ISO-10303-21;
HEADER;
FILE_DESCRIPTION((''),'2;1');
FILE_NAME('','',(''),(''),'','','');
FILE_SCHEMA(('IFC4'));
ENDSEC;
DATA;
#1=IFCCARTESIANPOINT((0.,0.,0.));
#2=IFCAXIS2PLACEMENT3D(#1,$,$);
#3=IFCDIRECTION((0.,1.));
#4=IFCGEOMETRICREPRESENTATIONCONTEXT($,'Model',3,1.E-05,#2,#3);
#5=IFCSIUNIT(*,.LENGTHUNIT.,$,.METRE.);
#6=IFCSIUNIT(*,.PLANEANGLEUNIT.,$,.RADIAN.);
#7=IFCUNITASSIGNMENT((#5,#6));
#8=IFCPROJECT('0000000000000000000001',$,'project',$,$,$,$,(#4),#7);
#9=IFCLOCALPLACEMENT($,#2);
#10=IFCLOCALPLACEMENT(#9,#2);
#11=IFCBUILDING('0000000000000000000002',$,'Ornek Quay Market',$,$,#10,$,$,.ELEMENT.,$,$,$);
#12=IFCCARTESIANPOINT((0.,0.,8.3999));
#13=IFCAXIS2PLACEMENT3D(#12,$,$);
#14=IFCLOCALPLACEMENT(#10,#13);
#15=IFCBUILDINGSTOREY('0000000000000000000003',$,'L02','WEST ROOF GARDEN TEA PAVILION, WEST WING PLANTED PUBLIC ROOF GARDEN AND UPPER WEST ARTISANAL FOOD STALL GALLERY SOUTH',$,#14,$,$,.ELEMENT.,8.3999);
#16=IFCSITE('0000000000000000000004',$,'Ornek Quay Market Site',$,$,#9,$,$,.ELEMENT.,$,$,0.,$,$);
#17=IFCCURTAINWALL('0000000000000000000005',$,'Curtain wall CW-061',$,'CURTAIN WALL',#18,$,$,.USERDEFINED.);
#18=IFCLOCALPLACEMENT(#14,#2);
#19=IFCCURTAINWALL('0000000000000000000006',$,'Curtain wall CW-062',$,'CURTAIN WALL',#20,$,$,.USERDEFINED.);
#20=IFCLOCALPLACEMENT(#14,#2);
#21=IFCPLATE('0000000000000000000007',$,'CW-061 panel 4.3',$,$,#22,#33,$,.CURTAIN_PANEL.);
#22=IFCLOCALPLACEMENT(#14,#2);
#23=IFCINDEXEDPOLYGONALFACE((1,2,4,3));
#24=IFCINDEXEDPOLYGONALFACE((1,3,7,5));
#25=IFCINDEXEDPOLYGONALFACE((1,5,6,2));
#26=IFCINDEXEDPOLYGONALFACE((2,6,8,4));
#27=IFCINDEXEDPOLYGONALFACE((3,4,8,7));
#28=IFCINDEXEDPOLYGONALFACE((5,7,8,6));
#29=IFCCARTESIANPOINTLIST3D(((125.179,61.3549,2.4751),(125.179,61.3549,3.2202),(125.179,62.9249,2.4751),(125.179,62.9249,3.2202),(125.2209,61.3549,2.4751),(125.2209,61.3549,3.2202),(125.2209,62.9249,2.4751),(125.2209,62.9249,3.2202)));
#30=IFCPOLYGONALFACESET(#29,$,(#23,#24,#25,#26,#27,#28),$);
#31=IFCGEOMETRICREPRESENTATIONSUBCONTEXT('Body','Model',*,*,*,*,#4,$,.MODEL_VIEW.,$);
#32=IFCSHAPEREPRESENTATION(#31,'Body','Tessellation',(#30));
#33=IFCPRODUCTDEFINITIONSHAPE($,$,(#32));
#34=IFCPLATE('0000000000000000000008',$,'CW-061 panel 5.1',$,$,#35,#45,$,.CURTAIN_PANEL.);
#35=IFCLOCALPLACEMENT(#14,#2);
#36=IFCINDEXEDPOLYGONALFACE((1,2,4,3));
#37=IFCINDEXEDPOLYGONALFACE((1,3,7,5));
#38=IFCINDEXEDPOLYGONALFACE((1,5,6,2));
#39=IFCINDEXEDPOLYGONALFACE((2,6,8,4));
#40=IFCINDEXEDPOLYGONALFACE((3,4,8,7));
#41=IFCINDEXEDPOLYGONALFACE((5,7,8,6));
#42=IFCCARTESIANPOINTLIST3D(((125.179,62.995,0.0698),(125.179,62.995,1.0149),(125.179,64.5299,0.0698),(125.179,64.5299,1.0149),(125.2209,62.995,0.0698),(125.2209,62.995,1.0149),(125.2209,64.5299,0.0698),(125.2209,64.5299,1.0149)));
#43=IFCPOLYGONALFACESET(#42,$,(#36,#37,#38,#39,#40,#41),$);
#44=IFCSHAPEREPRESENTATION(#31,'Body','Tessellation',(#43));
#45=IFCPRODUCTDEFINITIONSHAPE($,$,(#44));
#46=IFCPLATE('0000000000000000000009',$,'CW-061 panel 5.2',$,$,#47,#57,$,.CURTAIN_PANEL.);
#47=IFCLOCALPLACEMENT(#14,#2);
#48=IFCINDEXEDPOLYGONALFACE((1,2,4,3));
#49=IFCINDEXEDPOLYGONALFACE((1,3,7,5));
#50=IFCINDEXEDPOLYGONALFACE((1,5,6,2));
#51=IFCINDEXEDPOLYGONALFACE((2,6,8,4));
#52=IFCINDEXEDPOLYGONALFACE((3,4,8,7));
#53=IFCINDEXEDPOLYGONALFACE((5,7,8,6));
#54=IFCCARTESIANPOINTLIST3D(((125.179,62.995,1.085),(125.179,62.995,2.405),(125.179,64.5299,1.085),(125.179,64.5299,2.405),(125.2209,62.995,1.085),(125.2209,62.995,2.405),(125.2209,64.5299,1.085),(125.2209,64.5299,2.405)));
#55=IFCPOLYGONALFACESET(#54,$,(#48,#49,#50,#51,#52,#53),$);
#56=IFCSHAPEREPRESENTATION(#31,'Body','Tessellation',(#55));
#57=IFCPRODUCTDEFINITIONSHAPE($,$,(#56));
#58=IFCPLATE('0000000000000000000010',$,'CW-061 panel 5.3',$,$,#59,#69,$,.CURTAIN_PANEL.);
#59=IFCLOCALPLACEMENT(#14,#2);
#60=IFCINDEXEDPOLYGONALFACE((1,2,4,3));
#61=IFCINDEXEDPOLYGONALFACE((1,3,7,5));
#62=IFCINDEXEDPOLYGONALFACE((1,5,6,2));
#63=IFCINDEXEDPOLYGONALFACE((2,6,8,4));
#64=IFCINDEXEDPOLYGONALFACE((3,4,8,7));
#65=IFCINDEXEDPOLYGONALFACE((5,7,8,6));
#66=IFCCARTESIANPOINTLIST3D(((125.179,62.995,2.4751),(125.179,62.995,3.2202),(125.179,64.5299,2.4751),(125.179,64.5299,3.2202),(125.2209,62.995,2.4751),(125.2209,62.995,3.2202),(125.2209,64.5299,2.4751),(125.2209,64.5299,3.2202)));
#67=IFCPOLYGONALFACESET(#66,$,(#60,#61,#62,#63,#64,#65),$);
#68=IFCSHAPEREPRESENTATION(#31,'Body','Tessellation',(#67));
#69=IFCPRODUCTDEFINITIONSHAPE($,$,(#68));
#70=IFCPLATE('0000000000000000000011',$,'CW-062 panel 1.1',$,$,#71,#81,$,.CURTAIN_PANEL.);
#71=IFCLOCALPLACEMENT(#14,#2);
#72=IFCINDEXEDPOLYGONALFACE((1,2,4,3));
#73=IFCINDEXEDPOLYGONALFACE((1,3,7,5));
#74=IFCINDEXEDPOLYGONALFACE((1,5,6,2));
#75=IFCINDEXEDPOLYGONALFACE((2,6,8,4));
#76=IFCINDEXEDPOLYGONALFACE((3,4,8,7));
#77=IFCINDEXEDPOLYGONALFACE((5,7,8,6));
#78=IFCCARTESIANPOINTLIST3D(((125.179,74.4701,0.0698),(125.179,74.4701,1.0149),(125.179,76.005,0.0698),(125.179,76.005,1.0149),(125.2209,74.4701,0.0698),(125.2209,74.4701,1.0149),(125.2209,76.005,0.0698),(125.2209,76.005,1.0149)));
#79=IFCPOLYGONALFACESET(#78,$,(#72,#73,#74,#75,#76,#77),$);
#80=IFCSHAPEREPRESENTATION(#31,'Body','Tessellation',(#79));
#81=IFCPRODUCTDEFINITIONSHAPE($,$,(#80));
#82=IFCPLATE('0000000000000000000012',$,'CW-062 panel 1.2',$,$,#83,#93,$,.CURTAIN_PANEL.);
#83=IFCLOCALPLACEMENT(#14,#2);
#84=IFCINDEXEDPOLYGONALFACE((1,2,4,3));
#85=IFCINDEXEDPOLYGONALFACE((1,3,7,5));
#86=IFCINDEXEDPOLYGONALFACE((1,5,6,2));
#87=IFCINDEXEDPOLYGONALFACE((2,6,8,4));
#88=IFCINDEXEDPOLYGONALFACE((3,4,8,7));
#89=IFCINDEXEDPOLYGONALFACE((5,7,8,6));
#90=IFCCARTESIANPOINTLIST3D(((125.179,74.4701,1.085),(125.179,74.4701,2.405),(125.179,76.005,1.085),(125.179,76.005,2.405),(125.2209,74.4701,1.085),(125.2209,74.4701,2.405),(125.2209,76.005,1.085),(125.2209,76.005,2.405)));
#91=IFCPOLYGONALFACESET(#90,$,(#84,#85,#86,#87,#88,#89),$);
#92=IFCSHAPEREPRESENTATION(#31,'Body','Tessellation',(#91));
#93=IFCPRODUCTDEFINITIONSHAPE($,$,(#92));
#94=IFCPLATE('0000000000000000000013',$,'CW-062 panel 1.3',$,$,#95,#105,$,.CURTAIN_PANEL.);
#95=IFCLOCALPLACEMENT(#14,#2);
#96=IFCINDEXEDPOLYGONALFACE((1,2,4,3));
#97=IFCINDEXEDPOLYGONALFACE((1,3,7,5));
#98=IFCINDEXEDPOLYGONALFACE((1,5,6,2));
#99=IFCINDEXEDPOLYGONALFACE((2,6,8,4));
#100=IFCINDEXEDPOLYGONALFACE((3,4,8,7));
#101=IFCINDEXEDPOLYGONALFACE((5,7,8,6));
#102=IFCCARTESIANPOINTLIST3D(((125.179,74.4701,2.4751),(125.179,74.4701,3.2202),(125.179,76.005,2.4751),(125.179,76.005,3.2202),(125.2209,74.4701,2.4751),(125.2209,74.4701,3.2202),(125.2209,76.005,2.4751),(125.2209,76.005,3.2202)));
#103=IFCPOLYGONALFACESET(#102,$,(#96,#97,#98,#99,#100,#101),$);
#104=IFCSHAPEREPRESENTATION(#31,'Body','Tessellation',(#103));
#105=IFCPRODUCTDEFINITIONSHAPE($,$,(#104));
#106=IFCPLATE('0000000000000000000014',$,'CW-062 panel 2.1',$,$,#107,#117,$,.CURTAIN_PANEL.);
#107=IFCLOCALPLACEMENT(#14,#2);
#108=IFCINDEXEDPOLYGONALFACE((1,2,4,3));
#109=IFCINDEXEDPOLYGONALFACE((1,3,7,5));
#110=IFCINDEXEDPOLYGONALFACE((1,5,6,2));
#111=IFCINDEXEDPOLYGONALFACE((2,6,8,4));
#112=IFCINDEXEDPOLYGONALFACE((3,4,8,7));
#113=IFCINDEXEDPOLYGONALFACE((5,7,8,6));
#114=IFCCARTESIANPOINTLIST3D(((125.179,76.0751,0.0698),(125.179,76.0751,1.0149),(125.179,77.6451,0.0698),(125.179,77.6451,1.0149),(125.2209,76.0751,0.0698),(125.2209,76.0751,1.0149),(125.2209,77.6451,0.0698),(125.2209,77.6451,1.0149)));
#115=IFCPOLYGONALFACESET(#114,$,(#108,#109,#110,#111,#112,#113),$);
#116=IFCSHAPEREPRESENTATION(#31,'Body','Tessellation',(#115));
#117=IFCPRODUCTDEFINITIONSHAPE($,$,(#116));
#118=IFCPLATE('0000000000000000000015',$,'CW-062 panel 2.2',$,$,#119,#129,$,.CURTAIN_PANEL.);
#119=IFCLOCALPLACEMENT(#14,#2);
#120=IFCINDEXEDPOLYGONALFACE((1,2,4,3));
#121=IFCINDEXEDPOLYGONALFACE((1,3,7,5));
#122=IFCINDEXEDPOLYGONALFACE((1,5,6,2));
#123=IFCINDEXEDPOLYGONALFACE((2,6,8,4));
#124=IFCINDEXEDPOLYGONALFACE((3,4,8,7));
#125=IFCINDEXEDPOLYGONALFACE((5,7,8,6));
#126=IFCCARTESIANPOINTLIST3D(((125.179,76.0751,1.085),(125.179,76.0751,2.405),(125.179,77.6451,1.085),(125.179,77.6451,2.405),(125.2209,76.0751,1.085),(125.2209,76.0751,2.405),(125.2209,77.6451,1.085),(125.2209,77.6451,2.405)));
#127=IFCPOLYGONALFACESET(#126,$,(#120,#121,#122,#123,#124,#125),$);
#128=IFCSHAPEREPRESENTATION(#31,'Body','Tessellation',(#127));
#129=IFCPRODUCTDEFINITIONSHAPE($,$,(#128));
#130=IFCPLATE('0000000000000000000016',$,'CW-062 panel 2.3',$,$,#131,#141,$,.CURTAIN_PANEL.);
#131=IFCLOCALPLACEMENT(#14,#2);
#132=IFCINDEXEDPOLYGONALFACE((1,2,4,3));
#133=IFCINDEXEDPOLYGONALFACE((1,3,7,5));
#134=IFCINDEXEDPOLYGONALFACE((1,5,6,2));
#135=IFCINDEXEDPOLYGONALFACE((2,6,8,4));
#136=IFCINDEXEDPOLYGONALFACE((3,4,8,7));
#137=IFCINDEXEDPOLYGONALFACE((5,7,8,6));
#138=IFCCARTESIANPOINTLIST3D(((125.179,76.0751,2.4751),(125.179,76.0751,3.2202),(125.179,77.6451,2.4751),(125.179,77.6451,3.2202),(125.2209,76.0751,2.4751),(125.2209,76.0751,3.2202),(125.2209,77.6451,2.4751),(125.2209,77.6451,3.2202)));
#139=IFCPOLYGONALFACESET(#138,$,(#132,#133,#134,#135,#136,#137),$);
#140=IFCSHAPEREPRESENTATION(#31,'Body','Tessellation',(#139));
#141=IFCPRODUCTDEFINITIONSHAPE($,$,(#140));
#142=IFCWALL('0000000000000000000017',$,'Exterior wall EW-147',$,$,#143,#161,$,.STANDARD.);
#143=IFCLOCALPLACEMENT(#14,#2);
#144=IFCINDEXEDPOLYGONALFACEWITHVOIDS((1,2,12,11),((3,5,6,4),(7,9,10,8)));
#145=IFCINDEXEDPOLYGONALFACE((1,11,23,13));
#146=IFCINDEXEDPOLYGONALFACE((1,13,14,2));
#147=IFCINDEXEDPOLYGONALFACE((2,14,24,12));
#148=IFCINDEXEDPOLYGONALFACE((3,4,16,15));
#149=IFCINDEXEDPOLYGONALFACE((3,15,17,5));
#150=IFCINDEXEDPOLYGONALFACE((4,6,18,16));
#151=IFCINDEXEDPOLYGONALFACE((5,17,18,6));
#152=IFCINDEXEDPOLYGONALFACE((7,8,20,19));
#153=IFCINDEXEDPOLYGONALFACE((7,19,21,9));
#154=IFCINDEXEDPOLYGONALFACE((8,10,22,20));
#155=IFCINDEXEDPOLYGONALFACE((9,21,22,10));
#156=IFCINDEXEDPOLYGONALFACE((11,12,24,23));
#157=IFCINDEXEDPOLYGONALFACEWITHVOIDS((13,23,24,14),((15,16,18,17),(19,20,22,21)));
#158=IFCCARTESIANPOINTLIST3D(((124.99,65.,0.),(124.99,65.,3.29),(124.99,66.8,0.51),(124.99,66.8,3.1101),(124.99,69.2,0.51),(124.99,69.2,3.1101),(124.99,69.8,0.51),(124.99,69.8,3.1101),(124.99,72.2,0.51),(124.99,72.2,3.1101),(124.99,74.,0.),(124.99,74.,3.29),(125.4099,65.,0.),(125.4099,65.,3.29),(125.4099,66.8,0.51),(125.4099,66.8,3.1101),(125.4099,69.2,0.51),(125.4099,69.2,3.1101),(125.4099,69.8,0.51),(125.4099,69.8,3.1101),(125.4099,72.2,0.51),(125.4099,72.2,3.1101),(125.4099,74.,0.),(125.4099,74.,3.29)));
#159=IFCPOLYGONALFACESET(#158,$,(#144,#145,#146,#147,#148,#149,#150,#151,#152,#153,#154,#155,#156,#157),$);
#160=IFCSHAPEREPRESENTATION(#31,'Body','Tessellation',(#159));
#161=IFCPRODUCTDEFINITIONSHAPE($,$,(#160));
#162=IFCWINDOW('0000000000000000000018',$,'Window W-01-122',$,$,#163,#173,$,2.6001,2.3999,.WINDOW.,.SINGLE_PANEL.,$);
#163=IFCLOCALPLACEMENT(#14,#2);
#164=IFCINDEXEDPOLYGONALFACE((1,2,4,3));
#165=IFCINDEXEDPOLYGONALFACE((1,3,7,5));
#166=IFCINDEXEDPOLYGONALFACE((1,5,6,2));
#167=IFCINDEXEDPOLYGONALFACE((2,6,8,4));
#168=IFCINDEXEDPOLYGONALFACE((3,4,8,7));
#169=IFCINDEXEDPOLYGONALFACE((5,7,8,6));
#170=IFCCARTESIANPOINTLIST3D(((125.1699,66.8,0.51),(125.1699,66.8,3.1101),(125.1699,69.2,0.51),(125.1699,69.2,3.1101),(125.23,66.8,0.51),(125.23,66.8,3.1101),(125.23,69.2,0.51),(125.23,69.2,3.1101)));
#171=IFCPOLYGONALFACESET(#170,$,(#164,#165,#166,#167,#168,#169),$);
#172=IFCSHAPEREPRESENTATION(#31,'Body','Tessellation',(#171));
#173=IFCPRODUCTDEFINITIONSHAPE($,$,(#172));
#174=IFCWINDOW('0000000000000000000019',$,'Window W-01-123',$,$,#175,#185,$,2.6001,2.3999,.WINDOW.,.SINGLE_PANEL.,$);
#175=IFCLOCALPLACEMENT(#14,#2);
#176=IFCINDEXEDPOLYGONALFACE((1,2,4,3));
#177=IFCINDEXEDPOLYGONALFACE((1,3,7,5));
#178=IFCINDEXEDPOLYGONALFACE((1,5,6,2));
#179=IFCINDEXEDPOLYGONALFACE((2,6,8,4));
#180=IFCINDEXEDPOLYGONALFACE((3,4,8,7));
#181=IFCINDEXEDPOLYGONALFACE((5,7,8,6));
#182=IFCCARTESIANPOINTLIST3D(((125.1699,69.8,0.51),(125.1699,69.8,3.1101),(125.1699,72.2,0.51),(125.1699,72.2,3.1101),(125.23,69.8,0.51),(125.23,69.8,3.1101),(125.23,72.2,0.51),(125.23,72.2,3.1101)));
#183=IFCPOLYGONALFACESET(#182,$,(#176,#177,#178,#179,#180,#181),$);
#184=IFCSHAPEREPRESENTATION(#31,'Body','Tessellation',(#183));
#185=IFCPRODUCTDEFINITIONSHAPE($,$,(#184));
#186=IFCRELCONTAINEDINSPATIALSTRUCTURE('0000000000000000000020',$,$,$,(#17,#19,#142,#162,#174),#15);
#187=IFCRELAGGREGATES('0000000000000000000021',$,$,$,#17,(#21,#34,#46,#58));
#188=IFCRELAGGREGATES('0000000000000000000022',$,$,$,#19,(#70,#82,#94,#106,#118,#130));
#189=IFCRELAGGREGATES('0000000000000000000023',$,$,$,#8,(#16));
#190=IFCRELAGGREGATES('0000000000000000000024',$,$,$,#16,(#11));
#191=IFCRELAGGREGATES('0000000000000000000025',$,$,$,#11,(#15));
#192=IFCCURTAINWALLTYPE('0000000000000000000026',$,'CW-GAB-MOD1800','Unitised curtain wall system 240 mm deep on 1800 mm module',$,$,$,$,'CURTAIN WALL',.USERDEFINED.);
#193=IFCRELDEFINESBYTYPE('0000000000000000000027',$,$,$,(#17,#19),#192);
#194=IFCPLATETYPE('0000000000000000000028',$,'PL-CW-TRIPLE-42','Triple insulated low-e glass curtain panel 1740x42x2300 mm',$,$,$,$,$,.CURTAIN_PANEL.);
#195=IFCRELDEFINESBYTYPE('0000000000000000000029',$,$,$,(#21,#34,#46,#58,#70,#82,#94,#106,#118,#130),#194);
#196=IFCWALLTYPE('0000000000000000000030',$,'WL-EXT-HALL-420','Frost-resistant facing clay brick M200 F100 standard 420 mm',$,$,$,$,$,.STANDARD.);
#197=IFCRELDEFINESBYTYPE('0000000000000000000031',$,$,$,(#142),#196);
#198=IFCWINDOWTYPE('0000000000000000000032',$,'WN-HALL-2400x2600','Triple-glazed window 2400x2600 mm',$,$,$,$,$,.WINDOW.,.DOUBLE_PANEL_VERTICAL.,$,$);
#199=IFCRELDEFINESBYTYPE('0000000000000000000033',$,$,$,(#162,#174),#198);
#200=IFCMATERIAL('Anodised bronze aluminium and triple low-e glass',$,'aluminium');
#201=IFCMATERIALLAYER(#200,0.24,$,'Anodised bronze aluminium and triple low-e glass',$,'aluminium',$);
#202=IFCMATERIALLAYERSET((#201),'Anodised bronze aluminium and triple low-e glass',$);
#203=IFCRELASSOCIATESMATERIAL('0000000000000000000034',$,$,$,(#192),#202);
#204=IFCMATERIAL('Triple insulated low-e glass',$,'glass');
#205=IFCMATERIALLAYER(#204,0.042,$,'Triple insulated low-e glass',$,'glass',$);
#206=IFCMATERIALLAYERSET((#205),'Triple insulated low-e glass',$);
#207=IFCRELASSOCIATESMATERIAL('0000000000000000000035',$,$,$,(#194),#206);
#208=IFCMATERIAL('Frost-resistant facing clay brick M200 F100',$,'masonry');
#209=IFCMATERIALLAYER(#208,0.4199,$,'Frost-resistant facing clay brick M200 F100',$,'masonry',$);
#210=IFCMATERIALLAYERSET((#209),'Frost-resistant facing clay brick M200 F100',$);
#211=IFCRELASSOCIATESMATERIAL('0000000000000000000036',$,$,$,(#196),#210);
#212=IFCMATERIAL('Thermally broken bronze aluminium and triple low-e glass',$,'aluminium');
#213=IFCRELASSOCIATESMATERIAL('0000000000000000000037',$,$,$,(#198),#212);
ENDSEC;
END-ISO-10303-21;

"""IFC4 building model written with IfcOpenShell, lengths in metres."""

from ifc_helpers import new_model, si_unit, direction, frame, frame_2d, origin, origin_2d, place, context, subcontext, project, spatial, rectangle, extrude, material, layer, layer_set, type_object, element, fill, aggregate, save


model = new_model("IFC4")

# Units and contexts
model_context = context("Model", 3, precision=1e-05, world=origin(), true_north=direction((0.0, 1.0)))
body_context = subcontext(model_context, "Body", "Model", "MODEL_VIEW")
ifc_project = project(units=[si_unit("LENGTHUNIT", "METRE"), si_unit("PLANEANGLEUNIT", "RADIAN")], contexts=[model_context])

# Site, building, storey
site_placement = place(None, origin())
site = spatial("IfcSite", under=ifc_project, at=site_placement, Name="Ornek Quay Market Site", CompositionType="ELEMENT", RefElevation=0.0)
building_placement = place(site_placement, origin())
building = spatial("IfcBuilding", under=site, at=building_placement, Name="Ornek Quay Market", CompositionType="ELEMENT")
storey_placement = place(building_placement, frame((0.0, 0.0, 8.3999)))
storey = spatial("IfcBuildingStorey", under=building, at=storey_placement, Name="L02", Description="WEST ROOF GARDEN TEA PAVILION, WEST WING PLANTED PUBLIC ROOF GARDEN AND UPPER WEST ARTISANAL FOOD STALL GALLERY SOUTH", CompositionType="ELEMENT", Elevation=8.3999)

# Curtain walls
ifc_material_1 = material(Name="Anodised bronze aluminium and triple low-e glass", Category="aluminium")
ifc_layer_1 = layer(ifc_material_1, 0.24, Name="Anodised bronze aluminium and triple low-e glass", Category="aluminium")
ifc_layer_set_1 = layer_set([ifc_layer_1], Name="Anodised bronze aluminium and triple low-e glass")
curtain_wall_type = type_object("IfcCurtainWallType", Name="CW-GAB-MOD1800", Description="Unitised curtain wall system 240 mm deep on 1800 mm module", ElementType="CURTAIN WALL", PredefinedType="USERDEFINED", material=ifc_layer_set_1)
curtain_wall_1_placement = place(storey_placement, origin())
curtain_wall_1 = element("IfcCurtainWall", 1, at=curtain_wall_1_placement, inside=storey, type_object=curtain_wall_type, Name="Curtain wall CW-061", ObjectType="CURTAIN WALL", PredefinedType="USERDEFINED")
curtain_wall_2_placement = place(storey_placement, origin())
curtain_wall_2 = element("IfcCurtainWall", 2, at=curtain_wall_2_placement, inside=storey, type_object=curtain_wall_type, Name="Curtain wall CW-062", ObjectType="CURTAIN WALL", PredefinedType="USERDEFINED")

# Plates
ifc_material_2 = material(Name="Triple insulated low-e glass", Category="glass")
ifc_layer_2 = layer(ifc_material_2, 0.042, Name="Triple insulated low-e glass", Category="glass")
ifc_layer_set_2 = layer_set([ifc_layer_2], Name="Triple insulated low-e glass")
plate_type_1 = type_object("IfcPlateType", Name="PL-CW-TRIPLE-42", Description="Triple insulated low-e glass curtain panel 1740x42x2300 mm", PredefinedType="CURTAIN_PANEL", material=ifc_layer_set_2)
plate_1_placement = place(storey_placement, frame((125.2, 62.1399, 2.4751), z_axis=(0.0, 0.0, 1.0), x_axis=(0.0, 1.0, 0.0)))
plate_1 = element("IfcPlate", 3, at=plate_1_placement, type_object=plate_type_1, Name="CW-061 panel 4.3", PredefinedType="CURTAIN_PANEL", context=body_context, shape_type="SweptSolid", body=[
    extrude(rectangle(XDim=1.5701, YDim=0.042, at=origin_2d()), origin(), (0.0, 0.0, 1.0), 0.7451),
])
plate_2_placement = place(storey_placement, frame((125.2, 63.7625, 0.0698), z_axis=(0.0, 0.0, 1.0), x_axis=(0.0, 1.0, 0.0)))
plate_2 = element("IfcPlate", 4, at=plate_2_placement, type_object=plate_type_1, Name="CW-061 panel 5.1", PredefinedType="CURTAIN_PANEL", context=body_context, shape_type="SweptSolid", body=[
    extrude(rectangle(XDim=1.5349, YDim=0.042, at=origin_2d()), origin(), (0.0, 0.0, 1.0), 0.9451),
])
plate_3_placement = place(storey_placement, frame((125.2, 63.7625, 1.085), z_axis=(0.0, 0.0, 1.0), x_axis=(0.0, 1.0, 0.0)))
plate_3 = element("IfcPlate", 5, at=plate_3_placement, type_object=plate_type_1, Name="CW-061 panel 5.2", PredefinedType="CURTAIN_PANEL", context=body_context, shape_type="SweptSolid", body=[
    extrude(rectangle(XDim=1.5349, YDim=0.042, at=origin_2d()), origin(), (0.0, 0.0, 1.0), 1.3201),
])
plate_4_placement = place(storey_placement, frame((125.2, 63.7625, 2.4751), z_axis=(0.0, 0.0, 1.0), x_axis=(0.0, 1.0, 0.0)))
plate_4 = element("IfcPlate", 6, at=plate_4_placement, type_object=plate_type_1, Name="CW-061 panel 5.3", PredefinedType="CURTAIN_PANEL", context=body_context, shape_type="SweptSolid", body=[
    extrude(rectangle(XDim=1.5349, YDim=0.042, at=origin_2d()), origin(), (0.0, 0.0, 1.0), 0.7451),
])
aggregate(curtain_wall_1, [plate_1, plate_2, plate_3, plate_4])
plate_5_placement = place(storey_placement, frame((125.2, 75.2375, 0.0698), z_axis=(0.0, 0.0, 1.0), x_axis=(0.0, 1.0, 0.0)))
plate_5 = element("IfcPlate", 7, at=plate_5_placement, type_object=plate_type_1, Name="CW-062 panel 1.1", PredefinedType="CURTAIN_PANEL", context=body_context, shape_type="SweptSolid", body=[
    extrude(rectangle(XDim=1.5349, YDim=0.042, at=origin_2d()), origin(), (0.0, 0.0, 1.0), 0.9451),
])
plate_6_placement = place(storey_placement, frame((125.2, 75.2375, 1.085), z_axis=(0.0, 0.0, 1.0), x_axis=(0.0, 1.0, 0.0)))
plate_6 = element("IfcPlate", 8, at=plate_6_placement, type_object=plate_type_1, Name="CW-062 panel 1.2", PredefinedType="CURTAIN_PANEL", context=body_context, shape_type="SweptSolid", body=[
    extrude(rectangle(XDim=1.5349, YDim=0.042, at=origin_2d()), origin(), (0.0, 0.0, 1.0), 1.3201),
])
plate_7_placement = place(storey_placement, frame((125.2, 75.2375, 2.4751), z_axis=(0.0, 0.0, 1.0), x_axis=(0.0, 1.0, 0.0)))
plate_7 = element("IfcPlate", 9, at=plate_7_placement, type_object=plate_type_1, Name="CW-062 panel 1.3", PredefinedType="CURTAIN_PANEL", context=body_context, shape_type="SweptSolid", body=[
    extrude(rectangle(XDim=1.5349, YDim=0.042, at=origin_2d()), origin(), (0.0, 0.0, 1.0), 0.7451),
])
plate_8_placement = place(storey_placement, frame((125.2, 76.8601, 0.0698), z_axis=(0.0, 0.0, 1.0), x_axis=(0.0, 1.0, 0.0)))
plate_8 = element("IfcPlate", 10, at=plate_8_placement, type_object=plate_type_1, Name="CW-062 panel 2.1", PredefinedType="CURTAIN_PANEL", context=body_context, shape_type="SweptSolid", body=[
    extrude(rectangle(XDim=1.5701, YDim=0.042, at=origin_2d()), origin(), (0.0, 0.0, 1.0), 0.9451),
])
plate_9_placement = place(storey_placement, frame((125.2, 76.8601, 1.085), z_axis=(0.0, 0.0, 1.0), x_axis=(0.0, 1.0, 0.0)))
plate_9 = element("IfcPlate", 11, at=plate_9_placement, type_object=plate_type_1, Name="CW-062 panel 2.2", PredefinedType="CURTAIN_PANEL", context=body_context, shape_type="SweptSolid", body=[
    extrude(rectangle(XDim=1.5701, YDim=0.042, at=origin_2d()), origin(), (0.0, 0.0, 1.0), 1.3201),
])
plate_10_placement = place(storey_placement, frame((125.2, 76.8601, 2.4751), z_axis=(0.0, 0.0, 1.0), x_axis=(0.0, 1.0, 0.0)))
plate_10 = element("IfcPlate", 12, at=plate_10_placement, type_object=plate_type_1, Name="CW-062 panel 2.3", PredefinedType="CURTAIN_PANEL", context=body_context, shape_type="SweptSolid", body=[
    extrude(rectangle(XDim=1.5701, YDim=0.042, at=origin_2d()), origin(), (0.0, 0.0, 1.0), 0.7451),
])
aggregate(curtain_wall_2, [plate_5, plate_6, plate_7, plate_8, plate_9, plate_10])

# Wall, openings, windows
ifc_material_3 = material(Name="Frost-resistant facing clay brick M200 F100", Category="masonry")
ifc_layer_3 = layer(ifc_material_3, 0.4199, Name="Frost-resistant facing clay brick M200 F100", Category="masonry")
ifc_layer_set_3 = layer_set([ifc_layer_3], Name="Frost-resistant facing clay brick M200 F100")
wall_type = type_object("IfcWallType", Name="WL-EXT-HALL-420", Description="Frost-resistant facing clay brick M200 F100 standard 420 mm", PredefinedType="STANDARD", material=ifc_layer_set_3)
wall_placement = place(storey_placement, frame((125.2, 65.0, 0.0), z_axis=(0.0, 0.0, 1.0), x_axis=(0.0, 1.0, 0.0)))
wall = element("IfcWall", 13, at=wall_placement, inside=storey, type_object=wall_type, Name="Exterior wall EW-147", PredefinedType="STANDARD", context=body_context, shape_type="SweptSolid", body=[
    extrude(rectangle(XDim=9.0, YDim=0.4199, at=frame_2d((4.5, 0.0))), origin(), (0.0, 0.0, 1.0), 3.29),
])
opening_1_placement = place(wall_placement, frame((1.8, 0.0, 0.51)))
opening_1 = element("IfcOpeningElement", 14, at=opening_1_placement, cuts=wall, PredefinedType="OPENING", context=body_context, shape_type="SweptSolid", body=[
    extrude(rectangle(XDim=2.3999, YDim=2.6001, at=frame_2d((1.2, 1.3))), frame((0.0, 0.22, 0.0), z_axis=(0.0, -1.0, 0.0), x_axis=(1.0, 0.0, 0.0)), (0.0, 0.0, 1.0), 0.4399),
])
opening_2_placement = place(wall_placement, frame((4.8, 0.0, 0.51)))
opening_2 = element("IfcOpeningElement", 15, at=opening_2_placement, cuts=wall, PredefinedType="OPENING", context=body_context, shape_type="SweptSolid", body=[
    extrude(rectangle(XDim=2.3999, YDim=2.6001, at=frame_2d((1.2, 1.3))), frame((0.0, 0.22, 0.0), z_axis=(0.0, -1.0, 0.0), x_axis=(1.0, 0.0, 0.0)), (0.0, 0.0, 1.0), 0.4399),
])
ifc_material_4 = material(Name="Thermally broken bronze aluminium and triple low-e glass", Category="aluminium")
window_type = type_object("IfcWindowType", Name="WN-HALL-2400x2600", Description="Triple-glazed window 2400x2600 mm", PartitioningType="DOUBLE_PANEL_VERTICAL", PredefinedType="WINDOW", material=ifc_material_4)
window_1_placement = place(opening_1_placement, origin())
window_1 = element("IfcWindow", 16, at=window_1_placement, inside=storey, type_object=window_type, Name="Window W-01-122", OverallHeight=2.6001, OverallWidth=2.3999, PartitioningType="SINGLE_PANEL", PredefinedType="WINDOW", context=body_context, shape_type="SweptSolid", body=[
    extrude(rectangle(XDim=2.3999, YDim=2.6001, at=frame_2d((1.2, 1.3))), frame((0.0, 0.03, 0.0), z_axis=(0.0, -1.0, 0.0), x_axis=(1.0, 0.0, 0.0)), (0.0, 0.0, 1.0), 0.0601),
])
fill(opening_1, window_1)
window_2_placement = place(opening_2_placement, origin())
window_2 = element("IfcWindow", 17, at=window_2_placement, inside=storey, type_object=window_type, Name="Window W-01-123", OverallHeight=2.6001, OverallWidth=2.3999, PartitioningType="SINGLE_PANEL", PredefinedType="WINDOW", context=body_context, shape_type="SweptSolid", body=[
    extrude(rectangle(XDim=2.3999, YDim=2.6001, at=frame_2d((1.2, 1.3))), frame((0.0, 0.03, 0.0), z_axis=(0.0, -1.0, 0.0), x_axis=(1.0, 0.0, 0.0)), (0.0, 0.0, 1.0), 0.0601),
])
fill(opening_2, window_2)

save(model, "model.ifc")
